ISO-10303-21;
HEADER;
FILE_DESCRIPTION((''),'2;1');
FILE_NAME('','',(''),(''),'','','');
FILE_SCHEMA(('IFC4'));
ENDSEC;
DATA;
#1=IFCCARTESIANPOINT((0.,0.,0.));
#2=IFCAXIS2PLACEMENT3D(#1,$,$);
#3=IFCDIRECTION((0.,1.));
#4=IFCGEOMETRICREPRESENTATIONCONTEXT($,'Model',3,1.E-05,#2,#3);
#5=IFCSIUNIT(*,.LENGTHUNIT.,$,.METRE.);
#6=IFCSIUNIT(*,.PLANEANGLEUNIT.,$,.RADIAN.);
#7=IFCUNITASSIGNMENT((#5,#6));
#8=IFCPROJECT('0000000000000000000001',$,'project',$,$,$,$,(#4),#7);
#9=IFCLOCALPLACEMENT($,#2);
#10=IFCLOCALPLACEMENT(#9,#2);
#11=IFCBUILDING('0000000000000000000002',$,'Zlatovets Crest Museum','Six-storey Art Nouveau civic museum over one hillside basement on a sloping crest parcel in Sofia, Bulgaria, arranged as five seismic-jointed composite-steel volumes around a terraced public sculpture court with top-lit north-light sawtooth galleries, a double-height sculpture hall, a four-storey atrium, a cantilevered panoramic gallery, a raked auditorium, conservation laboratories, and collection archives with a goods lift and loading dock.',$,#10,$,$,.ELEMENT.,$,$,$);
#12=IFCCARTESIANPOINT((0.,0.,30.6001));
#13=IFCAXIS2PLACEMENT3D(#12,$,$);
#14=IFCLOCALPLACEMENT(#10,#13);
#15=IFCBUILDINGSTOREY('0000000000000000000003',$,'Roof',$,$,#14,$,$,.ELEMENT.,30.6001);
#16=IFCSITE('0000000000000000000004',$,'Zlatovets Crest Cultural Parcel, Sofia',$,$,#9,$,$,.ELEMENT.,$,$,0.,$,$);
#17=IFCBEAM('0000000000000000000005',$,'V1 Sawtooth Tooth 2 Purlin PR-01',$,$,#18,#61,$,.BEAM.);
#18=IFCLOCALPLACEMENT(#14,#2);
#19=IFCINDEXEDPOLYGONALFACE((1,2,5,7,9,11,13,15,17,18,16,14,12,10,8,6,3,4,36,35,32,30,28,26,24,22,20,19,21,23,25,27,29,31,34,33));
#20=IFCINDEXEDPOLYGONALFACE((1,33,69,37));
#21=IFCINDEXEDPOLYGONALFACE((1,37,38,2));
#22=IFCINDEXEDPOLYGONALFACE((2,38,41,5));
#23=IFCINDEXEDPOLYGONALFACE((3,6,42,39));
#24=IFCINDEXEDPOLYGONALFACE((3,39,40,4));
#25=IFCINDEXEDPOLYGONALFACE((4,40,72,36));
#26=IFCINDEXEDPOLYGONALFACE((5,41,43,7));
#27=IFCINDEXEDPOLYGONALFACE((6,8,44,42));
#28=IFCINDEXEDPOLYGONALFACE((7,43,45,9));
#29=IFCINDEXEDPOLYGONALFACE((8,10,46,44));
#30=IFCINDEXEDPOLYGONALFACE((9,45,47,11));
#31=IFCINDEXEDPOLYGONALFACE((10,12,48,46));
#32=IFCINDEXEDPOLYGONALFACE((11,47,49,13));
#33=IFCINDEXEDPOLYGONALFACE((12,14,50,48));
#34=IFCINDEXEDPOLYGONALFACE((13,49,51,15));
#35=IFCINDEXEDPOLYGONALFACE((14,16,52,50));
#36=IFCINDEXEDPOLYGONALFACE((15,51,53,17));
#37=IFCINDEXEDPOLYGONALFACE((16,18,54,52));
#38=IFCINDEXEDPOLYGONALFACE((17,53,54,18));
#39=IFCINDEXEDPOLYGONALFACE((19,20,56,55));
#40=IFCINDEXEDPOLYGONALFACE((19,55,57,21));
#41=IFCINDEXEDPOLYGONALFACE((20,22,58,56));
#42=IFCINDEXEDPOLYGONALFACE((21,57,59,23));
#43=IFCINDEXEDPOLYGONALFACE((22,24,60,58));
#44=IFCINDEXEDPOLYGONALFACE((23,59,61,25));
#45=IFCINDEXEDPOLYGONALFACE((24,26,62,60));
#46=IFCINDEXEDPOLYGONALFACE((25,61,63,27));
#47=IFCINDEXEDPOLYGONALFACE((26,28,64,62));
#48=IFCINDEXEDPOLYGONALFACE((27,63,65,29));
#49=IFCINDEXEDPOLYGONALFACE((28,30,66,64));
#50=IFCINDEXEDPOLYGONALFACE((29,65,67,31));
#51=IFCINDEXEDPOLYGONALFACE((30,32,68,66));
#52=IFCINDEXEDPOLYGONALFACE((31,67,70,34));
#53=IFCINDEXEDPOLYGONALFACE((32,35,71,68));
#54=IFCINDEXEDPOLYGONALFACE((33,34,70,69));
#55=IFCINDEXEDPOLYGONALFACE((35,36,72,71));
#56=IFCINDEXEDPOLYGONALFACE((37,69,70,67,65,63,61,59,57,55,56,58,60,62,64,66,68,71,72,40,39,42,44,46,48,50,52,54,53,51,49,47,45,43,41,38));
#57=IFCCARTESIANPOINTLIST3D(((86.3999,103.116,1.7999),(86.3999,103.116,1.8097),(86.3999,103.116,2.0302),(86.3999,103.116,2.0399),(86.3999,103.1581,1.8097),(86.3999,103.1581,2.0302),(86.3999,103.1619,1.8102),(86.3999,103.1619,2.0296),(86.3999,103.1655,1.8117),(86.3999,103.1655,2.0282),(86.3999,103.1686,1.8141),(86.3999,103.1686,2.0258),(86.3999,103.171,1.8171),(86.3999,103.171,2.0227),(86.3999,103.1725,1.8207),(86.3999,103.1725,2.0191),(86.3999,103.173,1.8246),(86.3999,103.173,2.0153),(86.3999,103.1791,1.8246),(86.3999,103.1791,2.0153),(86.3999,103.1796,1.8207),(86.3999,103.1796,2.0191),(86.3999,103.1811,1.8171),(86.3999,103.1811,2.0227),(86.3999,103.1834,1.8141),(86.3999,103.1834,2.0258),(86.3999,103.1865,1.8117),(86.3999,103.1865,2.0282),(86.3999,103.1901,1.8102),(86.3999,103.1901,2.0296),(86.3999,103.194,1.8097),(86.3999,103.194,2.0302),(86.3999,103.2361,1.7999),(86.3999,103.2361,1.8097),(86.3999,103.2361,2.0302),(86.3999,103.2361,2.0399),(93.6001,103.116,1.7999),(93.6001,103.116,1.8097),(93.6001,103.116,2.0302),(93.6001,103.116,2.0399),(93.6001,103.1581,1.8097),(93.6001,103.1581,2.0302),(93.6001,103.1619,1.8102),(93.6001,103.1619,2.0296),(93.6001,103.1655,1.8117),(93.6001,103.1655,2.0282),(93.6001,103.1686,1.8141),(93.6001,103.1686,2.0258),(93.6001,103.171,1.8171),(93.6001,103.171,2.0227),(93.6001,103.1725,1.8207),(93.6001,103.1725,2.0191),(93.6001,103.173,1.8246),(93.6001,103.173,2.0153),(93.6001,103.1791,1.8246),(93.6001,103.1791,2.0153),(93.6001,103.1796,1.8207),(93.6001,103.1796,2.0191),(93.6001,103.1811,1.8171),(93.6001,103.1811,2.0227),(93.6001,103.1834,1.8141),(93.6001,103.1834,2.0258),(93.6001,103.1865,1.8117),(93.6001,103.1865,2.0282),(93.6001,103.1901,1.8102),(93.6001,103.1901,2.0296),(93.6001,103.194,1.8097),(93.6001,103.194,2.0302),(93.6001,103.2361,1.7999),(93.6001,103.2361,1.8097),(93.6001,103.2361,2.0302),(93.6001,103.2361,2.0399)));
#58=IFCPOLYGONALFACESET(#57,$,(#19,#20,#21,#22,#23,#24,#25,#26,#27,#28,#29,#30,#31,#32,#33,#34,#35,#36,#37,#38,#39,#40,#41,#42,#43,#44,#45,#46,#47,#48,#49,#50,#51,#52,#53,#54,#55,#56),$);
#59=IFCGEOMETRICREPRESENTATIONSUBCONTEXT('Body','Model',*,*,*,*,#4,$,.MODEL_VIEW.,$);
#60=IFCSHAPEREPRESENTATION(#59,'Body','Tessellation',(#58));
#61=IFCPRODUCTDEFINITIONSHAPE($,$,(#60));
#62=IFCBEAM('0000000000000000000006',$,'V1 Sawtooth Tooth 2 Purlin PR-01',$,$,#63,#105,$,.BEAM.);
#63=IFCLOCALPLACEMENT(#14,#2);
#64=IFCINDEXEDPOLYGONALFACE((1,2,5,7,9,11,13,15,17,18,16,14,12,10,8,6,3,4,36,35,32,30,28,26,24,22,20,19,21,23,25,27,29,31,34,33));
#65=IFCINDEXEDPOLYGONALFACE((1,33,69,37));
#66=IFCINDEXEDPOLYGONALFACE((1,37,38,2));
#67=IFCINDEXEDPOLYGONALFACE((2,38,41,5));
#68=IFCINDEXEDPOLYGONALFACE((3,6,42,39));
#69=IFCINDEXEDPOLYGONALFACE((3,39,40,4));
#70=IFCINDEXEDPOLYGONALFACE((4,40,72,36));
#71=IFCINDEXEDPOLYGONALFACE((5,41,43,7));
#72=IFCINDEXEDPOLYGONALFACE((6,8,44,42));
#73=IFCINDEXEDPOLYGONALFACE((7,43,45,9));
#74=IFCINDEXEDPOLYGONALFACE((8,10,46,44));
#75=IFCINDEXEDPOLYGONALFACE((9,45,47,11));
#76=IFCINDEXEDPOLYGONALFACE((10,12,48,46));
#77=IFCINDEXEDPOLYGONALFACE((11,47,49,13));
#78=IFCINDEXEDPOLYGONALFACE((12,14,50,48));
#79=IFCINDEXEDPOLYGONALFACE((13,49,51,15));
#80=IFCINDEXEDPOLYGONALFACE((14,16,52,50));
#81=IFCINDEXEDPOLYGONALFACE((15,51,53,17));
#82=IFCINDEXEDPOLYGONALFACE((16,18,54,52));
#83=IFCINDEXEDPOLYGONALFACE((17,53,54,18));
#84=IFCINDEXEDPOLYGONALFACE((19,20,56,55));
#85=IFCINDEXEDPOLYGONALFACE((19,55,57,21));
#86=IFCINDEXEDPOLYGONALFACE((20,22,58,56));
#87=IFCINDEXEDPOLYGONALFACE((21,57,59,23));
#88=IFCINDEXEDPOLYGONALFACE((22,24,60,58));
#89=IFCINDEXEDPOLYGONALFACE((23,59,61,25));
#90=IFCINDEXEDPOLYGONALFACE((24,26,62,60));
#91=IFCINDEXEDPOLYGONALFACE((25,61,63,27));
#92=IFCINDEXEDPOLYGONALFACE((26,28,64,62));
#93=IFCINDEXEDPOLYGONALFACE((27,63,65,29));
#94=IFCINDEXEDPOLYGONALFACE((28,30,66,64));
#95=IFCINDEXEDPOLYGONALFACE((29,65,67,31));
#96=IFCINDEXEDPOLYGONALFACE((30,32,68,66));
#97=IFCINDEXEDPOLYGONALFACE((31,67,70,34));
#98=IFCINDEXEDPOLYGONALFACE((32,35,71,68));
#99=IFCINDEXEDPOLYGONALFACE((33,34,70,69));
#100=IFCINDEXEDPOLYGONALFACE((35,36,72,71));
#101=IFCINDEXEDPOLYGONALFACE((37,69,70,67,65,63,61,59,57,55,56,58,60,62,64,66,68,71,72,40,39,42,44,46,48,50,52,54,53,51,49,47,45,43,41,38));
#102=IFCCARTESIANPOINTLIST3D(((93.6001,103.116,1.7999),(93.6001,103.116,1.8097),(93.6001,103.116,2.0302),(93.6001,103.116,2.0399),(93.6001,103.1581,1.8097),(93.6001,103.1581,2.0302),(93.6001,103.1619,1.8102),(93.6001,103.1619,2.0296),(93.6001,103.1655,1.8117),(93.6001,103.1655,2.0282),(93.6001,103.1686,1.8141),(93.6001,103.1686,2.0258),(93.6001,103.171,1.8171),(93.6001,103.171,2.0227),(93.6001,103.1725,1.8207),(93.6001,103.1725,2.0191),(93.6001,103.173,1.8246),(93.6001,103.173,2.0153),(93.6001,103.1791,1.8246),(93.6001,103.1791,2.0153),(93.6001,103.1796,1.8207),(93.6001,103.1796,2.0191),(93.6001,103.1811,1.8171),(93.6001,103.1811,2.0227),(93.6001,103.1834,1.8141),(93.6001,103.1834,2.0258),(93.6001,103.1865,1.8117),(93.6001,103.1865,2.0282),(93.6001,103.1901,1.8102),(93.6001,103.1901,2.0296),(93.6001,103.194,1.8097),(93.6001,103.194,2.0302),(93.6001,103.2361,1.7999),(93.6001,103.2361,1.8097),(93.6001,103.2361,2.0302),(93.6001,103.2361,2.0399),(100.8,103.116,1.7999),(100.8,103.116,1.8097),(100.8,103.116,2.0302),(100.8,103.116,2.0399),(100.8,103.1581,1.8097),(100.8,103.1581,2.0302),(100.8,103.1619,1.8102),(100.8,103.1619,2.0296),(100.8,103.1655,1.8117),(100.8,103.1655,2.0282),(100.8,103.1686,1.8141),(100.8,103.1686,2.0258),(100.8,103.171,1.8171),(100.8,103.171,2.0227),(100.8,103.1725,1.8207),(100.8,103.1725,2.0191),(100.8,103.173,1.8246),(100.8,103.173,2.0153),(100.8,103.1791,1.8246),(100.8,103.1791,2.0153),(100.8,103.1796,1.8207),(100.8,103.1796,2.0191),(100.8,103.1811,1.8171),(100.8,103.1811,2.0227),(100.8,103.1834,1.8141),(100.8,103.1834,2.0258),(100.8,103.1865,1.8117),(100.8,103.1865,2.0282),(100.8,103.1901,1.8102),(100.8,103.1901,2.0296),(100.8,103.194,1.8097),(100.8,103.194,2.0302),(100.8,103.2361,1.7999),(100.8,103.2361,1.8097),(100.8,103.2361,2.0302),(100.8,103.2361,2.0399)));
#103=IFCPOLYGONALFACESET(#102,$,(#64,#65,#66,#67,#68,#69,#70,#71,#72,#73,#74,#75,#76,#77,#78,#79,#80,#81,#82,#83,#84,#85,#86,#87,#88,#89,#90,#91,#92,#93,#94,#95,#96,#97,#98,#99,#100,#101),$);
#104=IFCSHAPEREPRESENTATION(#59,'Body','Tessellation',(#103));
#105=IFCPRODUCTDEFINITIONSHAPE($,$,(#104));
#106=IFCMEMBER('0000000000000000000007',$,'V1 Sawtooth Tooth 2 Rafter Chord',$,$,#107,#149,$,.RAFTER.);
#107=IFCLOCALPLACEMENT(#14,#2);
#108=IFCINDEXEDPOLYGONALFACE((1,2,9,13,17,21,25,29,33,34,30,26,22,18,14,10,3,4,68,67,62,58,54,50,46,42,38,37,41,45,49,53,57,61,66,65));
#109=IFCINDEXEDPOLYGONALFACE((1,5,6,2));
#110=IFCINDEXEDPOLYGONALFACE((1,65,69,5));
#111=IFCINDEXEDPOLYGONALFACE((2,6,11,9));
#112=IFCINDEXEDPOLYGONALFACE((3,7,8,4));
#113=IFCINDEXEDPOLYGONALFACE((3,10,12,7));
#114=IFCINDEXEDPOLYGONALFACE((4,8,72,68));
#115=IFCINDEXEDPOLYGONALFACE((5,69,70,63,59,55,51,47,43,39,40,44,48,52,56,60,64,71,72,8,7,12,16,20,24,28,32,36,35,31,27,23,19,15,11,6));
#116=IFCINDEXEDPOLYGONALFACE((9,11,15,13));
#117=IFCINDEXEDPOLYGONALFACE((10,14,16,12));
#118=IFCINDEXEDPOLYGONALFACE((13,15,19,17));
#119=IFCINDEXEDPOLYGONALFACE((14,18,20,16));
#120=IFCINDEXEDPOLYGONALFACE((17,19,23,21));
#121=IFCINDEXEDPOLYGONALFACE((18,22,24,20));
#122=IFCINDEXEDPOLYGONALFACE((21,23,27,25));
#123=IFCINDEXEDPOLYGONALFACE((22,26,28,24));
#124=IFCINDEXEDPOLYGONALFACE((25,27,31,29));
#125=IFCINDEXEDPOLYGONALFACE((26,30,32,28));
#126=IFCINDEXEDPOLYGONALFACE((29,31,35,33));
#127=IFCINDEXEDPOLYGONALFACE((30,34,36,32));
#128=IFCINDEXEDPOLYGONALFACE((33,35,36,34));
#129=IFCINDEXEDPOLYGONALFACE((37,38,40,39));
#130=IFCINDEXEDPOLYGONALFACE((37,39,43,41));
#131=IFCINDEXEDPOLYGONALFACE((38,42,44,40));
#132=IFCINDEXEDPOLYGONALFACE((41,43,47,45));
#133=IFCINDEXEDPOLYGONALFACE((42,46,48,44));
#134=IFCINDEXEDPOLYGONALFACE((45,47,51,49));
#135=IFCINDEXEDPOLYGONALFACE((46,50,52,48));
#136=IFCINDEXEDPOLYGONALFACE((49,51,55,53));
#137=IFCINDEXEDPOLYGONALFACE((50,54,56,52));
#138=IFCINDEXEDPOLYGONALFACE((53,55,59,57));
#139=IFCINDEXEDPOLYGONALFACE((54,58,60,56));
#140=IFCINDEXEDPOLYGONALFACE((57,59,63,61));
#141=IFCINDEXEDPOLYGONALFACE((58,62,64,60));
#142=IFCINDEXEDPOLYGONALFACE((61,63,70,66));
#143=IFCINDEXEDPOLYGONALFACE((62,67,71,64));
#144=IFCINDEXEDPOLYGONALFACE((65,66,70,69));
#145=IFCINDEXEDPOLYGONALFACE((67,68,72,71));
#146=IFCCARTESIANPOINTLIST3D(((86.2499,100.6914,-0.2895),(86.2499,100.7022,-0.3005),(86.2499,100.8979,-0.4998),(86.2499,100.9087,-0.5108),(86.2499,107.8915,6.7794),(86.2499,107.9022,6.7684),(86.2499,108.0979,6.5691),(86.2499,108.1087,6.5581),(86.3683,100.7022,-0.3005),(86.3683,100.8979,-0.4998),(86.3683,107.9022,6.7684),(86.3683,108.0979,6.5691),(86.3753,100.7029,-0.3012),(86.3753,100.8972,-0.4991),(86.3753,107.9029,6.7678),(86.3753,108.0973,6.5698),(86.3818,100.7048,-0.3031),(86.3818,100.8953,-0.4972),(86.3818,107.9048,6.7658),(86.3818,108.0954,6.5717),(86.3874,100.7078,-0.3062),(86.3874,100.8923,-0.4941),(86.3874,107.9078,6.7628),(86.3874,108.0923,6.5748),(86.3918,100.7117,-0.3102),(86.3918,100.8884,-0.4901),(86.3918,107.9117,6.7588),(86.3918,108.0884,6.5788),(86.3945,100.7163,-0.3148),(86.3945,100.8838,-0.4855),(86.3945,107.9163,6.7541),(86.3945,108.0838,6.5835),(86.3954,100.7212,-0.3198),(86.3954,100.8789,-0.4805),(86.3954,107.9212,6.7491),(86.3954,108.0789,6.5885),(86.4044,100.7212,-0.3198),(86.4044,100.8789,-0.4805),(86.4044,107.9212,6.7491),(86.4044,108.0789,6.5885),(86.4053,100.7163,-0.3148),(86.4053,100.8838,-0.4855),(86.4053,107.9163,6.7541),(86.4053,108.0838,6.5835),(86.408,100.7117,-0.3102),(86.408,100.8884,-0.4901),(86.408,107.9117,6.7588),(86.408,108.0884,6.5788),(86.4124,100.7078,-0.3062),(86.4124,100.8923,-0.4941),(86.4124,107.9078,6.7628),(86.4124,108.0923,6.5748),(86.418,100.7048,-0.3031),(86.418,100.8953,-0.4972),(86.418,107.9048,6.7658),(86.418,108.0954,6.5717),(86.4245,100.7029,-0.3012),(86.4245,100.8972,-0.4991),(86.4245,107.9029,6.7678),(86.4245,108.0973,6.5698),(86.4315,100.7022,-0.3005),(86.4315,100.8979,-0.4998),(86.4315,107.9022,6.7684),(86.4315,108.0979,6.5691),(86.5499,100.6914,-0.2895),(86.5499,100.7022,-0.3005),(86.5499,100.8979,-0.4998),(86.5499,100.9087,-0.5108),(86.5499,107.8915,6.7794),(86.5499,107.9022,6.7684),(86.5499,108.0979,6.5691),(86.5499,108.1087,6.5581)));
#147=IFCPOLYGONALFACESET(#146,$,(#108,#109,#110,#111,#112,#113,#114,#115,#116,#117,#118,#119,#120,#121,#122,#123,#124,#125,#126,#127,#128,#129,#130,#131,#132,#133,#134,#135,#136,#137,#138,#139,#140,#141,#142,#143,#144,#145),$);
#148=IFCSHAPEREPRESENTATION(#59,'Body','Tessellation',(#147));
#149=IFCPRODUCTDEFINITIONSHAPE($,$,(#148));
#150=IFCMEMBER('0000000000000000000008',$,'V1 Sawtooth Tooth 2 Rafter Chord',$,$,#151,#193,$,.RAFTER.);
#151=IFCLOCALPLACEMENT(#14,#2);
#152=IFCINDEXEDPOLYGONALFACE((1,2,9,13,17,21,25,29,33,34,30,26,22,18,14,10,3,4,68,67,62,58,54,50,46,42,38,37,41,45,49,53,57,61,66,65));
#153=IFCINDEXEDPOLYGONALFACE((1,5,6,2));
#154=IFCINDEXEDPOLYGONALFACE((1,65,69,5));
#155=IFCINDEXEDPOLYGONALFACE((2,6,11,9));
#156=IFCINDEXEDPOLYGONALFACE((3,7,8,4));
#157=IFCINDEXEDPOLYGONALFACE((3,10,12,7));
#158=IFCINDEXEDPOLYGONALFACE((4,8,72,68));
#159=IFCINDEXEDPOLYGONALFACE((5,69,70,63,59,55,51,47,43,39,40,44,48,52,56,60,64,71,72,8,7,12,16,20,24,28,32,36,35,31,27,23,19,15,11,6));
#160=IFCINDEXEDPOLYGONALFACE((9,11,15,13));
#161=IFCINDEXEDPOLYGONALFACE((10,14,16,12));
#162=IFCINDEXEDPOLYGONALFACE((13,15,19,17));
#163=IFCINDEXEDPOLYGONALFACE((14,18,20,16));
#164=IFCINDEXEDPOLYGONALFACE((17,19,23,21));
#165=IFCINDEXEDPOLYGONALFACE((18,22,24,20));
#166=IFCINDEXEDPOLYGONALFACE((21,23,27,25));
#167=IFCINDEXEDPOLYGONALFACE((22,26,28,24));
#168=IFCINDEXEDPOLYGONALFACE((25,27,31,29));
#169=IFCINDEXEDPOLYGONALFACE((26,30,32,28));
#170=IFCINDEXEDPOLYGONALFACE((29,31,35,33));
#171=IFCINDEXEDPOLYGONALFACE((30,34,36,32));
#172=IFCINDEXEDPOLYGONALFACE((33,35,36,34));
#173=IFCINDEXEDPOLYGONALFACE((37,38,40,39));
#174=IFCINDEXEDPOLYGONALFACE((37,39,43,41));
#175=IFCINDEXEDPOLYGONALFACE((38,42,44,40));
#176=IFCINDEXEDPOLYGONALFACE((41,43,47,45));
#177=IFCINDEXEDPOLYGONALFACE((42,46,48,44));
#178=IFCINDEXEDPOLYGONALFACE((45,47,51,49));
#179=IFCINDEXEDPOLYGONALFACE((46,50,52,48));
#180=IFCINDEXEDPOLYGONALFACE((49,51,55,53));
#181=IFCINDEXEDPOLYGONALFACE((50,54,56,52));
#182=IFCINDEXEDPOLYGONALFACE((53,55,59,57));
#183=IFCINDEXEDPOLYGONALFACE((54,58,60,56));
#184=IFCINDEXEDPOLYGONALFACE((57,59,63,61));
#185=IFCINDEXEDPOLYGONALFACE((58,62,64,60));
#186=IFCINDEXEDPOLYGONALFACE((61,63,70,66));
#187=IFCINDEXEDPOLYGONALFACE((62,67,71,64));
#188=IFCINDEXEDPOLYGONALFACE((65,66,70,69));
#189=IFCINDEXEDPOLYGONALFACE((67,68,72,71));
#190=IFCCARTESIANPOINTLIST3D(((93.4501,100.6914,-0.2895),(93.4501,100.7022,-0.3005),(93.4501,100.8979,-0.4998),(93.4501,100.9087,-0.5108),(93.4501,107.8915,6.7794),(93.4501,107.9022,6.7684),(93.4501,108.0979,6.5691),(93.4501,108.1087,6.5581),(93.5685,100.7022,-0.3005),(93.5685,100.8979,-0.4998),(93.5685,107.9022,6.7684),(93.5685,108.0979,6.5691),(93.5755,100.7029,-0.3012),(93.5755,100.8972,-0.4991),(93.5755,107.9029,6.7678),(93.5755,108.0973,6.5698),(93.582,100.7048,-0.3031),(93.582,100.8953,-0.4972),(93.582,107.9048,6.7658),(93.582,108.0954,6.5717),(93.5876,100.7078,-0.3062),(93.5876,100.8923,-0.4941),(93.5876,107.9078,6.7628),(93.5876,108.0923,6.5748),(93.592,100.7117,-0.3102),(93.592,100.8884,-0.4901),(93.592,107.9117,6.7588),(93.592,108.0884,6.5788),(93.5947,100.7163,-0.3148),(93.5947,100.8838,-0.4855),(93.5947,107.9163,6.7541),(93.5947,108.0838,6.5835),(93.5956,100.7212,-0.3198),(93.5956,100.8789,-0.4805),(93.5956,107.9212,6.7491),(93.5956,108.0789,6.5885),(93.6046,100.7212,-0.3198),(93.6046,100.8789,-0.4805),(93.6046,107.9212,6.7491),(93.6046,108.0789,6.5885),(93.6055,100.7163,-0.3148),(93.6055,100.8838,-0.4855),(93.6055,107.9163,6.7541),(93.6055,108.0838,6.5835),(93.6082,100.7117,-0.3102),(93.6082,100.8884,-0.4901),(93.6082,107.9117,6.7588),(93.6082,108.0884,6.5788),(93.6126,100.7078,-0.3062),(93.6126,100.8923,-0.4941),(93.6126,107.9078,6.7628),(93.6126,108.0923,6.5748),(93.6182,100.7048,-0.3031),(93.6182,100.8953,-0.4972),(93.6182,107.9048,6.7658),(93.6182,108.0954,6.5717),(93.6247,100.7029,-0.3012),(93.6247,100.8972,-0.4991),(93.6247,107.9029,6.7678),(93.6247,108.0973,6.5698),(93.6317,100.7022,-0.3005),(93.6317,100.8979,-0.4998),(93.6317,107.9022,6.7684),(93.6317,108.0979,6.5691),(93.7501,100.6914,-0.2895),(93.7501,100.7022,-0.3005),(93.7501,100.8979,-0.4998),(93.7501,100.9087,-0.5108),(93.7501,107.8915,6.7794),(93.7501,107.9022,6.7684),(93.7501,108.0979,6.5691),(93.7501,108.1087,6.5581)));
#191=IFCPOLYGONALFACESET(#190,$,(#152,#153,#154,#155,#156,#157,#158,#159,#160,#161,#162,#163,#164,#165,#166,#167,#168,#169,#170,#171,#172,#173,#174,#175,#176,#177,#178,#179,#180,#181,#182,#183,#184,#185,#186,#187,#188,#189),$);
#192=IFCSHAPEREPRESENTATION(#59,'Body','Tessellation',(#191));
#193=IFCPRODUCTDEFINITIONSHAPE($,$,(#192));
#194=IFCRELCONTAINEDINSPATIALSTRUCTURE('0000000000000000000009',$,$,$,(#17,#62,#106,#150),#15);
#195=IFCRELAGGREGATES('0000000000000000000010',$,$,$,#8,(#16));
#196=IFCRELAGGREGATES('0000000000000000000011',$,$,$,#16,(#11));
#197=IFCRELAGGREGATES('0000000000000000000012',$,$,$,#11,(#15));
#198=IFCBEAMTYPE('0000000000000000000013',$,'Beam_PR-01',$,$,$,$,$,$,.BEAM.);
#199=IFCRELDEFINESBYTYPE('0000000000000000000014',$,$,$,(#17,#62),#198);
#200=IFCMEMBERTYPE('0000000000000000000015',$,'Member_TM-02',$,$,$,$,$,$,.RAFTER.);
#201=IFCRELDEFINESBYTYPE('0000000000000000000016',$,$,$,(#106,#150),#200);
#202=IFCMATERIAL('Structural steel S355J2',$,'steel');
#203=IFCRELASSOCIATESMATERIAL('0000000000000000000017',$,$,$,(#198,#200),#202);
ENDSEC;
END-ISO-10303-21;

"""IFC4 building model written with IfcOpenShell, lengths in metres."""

from ifc_helpers import new_model, si_unit, direction, frame, origin, origin_2d, place, context, subcontext, project, spatial, i_section, extrude, material, material_profile, profile_set, type_object, element, save


model = new_model("IFC4")

# Units and contexts
model_context = context("Model", 3, precision=1e-05, world=origin(), true_north=direction((0.0, 1.0)))
body_context = subcontext(model_context, "Body", "Model", "MODEL_VIEW")
ifc_project = project(units=[si_unit("LENGTHUNIT", "METRE"), si_unit("PLANEANGLEUNIT", "RADIAN")], contexts=[model_context])

# Site, building, storey
site_placement = place(None, origin())
site = spatial("IfcSite", under=ifc_project, at=site_placement, Name="Zlatovets Crest Cultural Parcel, Sofia", CompositionType="ELEMENT", RefElevation=0.0)
building_placement = place(site_placement, origin())
building = spatial("IfcBuilding", under=site, at=building_placement, Name="Zlatovets Crest Museum", Description="Six-storey Art Nouveau civic museum over one hillside basement on a sloping crest parcel in Sofia, Bulgaria, arranged as five seismic-jointed composite-steel volumes around a terraced public sculpture court with top-lit north-light sawtooth galleries, a double-height sculpture hall, a four-storey atrium, a cantilevered panoramic gallery, a raked auditorium, conservation laboratories, and collection archives with a goods lift and loading dock.", CompositionType="ELEMENT")
storey_placement = place(building_placement, frame((0.0, 0.0, 30.6001)))
storey = spatial("IfcBuildingStorey", under=building, at=storey_placement, Name="Roof", CompositionType="ELEMENT", Elevation=30.6001)

# Beams
ifc_material_1 = material(Name="Structural steel S355J2", Category="steel")
ifc_material_profile_1 = material_profile(ifc_material_1, i_section(OverallWidth=0.1201, OverallDepth=0.24, WebThickness=0.0061, FlangeThickness=0.0098, FilletRadius=0.0149, at=origin_2d()), Name="IPE 240")
ifc_profile_set_1 = profile_set([ifc_material_profile_1], Name="Structural steel S355J2")
beam_type_1 = type_object("IfcBeamType", Name="Beam_PR-01", PredefinedType="BEAM", material=ifc_profile_set_1)
beam_1_placement = place(storey_placement, frame((86.3999, 103.176, 1.9199), z_axis=(1.0, 0.0, 0.0), x_axis=(0.0, 1.0, 0.0)))
element("IfcBeam", 1, at=beam_1_placement, inside=storey, type_object=beam_type_1, Name="V1 Sawtooth Tooth 2 Purlin PR-01", PredefinedType="BEAM", context=body_context, shape_type="SweptSolid", body=[
    extrude(i_section(OverallWidth=0.1201, OverallDepth=0.24, WebThickness=0.0061, FlangeThickness=0.0098, FilletRadius=0.0149, at=origin_2d()), origin(), (0.0, 0.0, 1.0), 7.2002),
])
beam_2_placement = place(storey_placement, frame((93.6001, 103.176, 1.9199), z_axis=(1.0, 0.0, 0.0), x_axis=(0.0, 1.0, 0.0)))
element("IfcBeam", 2, at=beam_2_placement, inside=storey, type_object=beam_type_1, Name="V1 Sawtooth Tooth 2 Purlin PR-01", PredefinedType="BEAM", context=body_context, shape_type="SweptSolid", body=[
    extrude(i_section(OverallWidth=0.1201, OverallDepth=0.24, WebThickness=0.0061, FlangeThickness=0.0098, FilletRadius=0.0149, at=origin_2d()), origin(), (0.0, 0.0, 1.0), 7.2),
])

# Members
ifc_material_profile_2 = material_profile(ifc_material_1, i_section(OverallWidth=0.3, OverallDepth=0.3101, WebThickness=0.009, FlangeThickness=0.0154, FilletRadius=0.0271, at=origin_2d()), Name="HEA 320")
ifc_profile_set_2 = profile_set([ifc_material_profile_2], Name="Structural steel S355J2")
member_type_1 = type_object("IfcMemberType", Name="Member_TM-02", PredefinedType="RAFTER", material=ifc_profile_set_2)
for number, where, z_axis, x_axis, name in (
    (3, (86.3999, 100.8, -0.4001), (0.0, 0.713574, 0.70058), (-1.0, 0.0, 0.0), "V1 Sawtooth Tooth 2 Rafter Chord"),
    (4, (93.6001, 100.8, -0.4001), (0.0, 0.713574, 0.70058), (-1.0, 0.0, 0.0), "V1 Sawtooth Tooth 2 Rafter Chord"),
):
    element("IfcMember", number, at=place(storey_placement, frame(where, z_axis=z_axis, x_axis=x_axis)), inside=storey, type_object=member_type_1, Name=name, PredefinedType="RAFTER", context=body_context, shape_type="SweptSolid", body=[
        extrude(i_section(OverallWidth=0.3, OverallDepth=0.3101, WebThickness=0.009, FlangeThickness=0.0154, FilletRadius=0.0271, at=origin_2d()), origin(), (0.0, 0.0, 1.0), 10.0901),
    ])

save(model, "model.ifc")
